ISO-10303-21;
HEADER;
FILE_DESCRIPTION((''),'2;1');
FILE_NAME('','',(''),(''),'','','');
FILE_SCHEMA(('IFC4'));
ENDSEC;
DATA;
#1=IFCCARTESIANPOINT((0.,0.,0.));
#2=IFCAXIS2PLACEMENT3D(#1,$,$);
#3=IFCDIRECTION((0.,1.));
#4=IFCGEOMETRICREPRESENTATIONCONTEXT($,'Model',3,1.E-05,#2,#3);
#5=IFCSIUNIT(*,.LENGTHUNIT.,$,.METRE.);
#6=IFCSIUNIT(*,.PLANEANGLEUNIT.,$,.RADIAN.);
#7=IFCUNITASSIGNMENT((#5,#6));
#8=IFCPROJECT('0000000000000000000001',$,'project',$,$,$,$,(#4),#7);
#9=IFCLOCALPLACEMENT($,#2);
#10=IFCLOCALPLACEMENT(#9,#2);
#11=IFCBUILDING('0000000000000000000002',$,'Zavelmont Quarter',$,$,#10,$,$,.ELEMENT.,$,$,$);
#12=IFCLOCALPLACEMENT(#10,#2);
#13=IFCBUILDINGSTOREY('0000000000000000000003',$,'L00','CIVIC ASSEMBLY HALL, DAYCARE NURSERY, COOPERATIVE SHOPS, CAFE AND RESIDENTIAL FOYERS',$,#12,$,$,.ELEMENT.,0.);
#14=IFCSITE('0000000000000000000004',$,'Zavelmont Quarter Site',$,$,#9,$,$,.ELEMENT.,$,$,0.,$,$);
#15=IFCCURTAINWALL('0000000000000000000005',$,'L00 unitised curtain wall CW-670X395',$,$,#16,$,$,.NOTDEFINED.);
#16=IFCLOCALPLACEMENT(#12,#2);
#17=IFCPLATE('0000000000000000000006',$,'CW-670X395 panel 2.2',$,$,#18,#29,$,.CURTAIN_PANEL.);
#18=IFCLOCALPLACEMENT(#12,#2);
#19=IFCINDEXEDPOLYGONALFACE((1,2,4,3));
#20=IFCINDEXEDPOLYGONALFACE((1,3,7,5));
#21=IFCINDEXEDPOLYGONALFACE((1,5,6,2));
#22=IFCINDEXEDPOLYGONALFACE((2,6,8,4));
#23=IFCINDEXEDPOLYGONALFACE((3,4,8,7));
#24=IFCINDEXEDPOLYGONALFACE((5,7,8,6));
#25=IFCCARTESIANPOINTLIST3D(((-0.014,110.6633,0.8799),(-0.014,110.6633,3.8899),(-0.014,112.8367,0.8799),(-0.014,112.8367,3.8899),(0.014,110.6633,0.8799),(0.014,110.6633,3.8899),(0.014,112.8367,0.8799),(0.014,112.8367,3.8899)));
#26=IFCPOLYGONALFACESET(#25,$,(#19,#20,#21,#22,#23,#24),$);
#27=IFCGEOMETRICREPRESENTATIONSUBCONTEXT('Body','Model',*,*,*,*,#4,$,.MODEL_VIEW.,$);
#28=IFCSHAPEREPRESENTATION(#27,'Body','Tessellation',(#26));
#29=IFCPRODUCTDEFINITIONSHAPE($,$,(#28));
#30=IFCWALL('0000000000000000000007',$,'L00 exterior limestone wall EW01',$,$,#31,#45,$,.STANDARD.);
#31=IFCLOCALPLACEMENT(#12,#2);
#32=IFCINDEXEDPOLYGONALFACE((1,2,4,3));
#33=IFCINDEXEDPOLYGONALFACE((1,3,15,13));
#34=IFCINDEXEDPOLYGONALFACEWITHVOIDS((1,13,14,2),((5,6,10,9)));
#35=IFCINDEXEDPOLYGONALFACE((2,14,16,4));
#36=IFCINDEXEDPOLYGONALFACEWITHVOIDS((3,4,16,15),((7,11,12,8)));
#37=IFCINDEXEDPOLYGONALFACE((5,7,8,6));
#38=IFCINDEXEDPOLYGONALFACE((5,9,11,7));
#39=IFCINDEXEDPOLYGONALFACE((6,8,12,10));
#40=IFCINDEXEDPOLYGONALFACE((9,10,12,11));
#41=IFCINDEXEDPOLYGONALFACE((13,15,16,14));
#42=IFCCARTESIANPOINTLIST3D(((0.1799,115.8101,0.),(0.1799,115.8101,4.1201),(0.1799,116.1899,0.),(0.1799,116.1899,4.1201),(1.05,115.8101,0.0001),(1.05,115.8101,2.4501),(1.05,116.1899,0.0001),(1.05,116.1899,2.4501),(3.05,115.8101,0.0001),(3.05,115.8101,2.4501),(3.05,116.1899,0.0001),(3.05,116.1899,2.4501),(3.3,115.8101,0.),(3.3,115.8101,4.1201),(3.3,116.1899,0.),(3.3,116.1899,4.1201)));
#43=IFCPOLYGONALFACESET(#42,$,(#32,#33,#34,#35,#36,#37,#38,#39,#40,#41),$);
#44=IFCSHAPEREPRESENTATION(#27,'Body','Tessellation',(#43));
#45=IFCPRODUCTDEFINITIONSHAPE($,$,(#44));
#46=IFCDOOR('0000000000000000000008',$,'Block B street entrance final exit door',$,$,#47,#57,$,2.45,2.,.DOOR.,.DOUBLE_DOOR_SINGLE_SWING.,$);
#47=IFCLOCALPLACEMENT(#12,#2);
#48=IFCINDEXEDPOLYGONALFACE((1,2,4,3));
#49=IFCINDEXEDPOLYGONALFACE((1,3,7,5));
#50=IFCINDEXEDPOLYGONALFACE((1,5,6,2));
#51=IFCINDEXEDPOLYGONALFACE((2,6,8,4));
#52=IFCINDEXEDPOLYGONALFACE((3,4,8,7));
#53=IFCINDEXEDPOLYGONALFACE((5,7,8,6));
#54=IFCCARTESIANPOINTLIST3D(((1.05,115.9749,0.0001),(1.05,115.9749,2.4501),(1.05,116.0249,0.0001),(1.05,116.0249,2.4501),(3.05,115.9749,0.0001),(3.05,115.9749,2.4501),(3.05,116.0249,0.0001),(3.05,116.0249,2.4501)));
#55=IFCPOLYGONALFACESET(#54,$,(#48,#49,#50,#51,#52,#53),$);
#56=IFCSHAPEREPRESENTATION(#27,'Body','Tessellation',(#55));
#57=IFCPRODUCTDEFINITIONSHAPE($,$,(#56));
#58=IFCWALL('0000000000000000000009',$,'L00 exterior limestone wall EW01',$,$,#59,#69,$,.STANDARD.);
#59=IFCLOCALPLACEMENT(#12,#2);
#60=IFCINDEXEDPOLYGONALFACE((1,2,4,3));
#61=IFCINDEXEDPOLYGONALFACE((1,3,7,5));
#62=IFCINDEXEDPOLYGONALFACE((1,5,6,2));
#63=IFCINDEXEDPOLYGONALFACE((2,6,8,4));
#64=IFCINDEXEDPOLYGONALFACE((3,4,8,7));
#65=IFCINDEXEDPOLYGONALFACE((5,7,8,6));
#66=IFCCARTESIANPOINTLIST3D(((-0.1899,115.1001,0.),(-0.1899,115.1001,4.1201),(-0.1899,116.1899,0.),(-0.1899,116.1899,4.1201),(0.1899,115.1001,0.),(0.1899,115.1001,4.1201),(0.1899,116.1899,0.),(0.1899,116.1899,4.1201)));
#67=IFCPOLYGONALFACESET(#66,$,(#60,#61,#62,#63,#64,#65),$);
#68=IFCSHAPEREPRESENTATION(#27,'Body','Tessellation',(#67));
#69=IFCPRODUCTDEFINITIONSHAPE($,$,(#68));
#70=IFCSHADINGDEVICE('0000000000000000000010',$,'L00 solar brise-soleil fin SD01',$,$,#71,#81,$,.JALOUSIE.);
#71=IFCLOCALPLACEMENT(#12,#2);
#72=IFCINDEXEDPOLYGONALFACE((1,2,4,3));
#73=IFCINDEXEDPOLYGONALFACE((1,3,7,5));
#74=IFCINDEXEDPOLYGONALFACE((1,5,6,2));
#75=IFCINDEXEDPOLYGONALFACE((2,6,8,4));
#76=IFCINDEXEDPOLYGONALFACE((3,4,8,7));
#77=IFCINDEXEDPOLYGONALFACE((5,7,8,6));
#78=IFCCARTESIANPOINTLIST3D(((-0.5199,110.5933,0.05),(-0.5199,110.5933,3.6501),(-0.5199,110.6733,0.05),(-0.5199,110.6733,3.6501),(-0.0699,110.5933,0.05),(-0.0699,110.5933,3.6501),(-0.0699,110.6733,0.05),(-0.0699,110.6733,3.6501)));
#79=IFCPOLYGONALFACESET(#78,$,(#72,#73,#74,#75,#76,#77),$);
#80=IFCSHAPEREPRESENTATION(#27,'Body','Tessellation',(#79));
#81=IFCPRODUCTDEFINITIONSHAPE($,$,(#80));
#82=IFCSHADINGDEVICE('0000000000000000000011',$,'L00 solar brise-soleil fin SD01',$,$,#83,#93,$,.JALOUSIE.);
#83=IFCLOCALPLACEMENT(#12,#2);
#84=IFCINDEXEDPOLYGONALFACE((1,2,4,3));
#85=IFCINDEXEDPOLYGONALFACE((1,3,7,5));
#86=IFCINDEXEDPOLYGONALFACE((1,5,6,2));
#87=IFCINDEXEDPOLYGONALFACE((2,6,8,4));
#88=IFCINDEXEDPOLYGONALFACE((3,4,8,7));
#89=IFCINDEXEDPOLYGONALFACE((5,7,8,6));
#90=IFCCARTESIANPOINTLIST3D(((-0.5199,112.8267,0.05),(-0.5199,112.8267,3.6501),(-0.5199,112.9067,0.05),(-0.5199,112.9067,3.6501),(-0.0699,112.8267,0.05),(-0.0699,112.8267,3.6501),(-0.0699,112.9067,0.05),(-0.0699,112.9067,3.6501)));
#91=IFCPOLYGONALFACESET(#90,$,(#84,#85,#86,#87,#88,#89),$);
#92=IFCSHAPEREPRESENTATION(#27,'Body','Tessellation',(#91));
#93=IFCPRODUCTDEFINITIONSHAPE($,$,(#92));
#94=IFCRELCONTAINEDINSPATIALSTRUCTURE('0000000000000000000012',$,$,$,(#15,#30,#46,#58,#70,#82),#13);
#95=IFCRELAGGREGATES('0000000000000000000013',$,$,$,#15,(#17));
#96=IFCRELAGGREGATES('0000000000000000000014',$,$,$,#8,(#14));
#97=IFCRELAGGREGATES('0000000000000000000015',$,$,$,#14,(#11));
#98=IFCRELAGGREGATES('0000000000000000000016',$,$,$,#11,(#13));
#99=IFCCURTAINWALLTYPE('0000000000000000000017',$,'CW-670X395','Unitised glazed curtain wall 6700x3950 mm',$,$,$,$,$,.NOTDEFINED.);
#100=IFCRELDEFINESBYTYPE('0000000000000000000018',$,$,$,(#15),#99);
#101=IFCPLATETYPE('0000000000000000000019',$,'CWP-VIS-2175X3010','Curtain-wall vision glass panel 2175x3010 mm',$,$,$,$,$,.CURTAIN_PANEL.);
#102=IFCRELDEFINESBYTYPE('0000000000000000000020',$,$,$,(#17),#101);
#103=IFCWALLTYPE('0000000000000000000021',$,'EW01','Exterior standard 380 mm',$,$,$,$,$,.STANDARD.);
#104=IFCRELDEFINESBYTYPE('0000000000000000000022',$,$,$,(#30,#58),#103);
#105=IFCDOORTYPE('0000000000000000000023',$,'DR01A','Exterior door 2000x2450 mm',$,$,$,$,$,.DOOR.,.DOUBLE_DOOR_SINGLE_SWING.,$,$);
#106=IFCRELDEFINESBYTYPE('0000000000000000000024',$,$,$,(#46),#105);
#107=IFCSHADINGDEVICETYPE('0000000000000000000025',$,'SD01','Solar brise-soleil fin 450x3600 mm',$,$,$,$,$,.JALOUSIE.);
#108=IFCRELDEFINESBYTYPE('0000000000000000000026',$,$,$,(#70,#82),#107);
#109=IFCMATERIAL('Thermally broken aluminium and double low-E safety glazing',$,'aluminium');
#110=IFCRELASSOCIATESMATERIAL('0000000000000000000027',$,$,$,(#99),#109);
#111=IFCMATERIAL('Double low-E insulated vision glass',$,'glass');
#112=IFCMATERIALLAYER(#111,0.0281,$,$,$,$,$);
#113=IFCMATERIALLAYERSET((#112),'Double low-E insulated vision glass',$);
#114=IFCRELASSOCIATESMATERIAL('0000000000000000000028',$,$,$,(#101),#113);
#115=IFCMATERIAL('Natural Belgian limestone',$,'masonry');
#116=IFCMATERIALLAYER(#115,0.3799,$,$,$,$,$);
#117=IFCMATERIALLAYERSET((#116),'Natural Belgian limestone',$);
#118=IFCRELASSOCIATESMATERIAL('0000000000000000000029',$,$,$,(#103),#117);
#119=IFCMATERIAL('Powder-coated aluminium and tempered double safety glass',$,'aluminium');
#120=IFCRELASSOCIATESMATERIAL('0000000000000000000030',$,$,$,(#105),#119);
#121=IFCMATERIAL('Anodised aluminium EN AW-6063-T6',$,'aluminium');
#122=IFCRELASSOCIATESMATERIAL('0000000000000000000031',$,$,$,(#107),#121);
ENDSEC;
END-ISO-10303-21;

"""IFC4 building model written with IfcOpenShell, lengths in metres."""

from ifc_helpers import new_model, si_unit, direction, frame, frame_2d, origin, origin_with_axes, origin_2d, place, context, subcontext, project, spatial, rectangle, extrude, material, layer, layer_set, type_object, element, fill, aggregate, save


model = new_model("IFC4")

# Units and contexts
model_context = context("Model", 3, precision=1e-05, world=origin(), true_north=direction((0.0, 1.0)))
body_context = subcontext(model_context, "Body", "Model", "MODEL_VIEW")
ifc_project = project(units=[si_unit("LENGTHUNIT", "METRE"), si_unit("PLANEANGLEUNIT", "RADIAN")], contexts=[model_context])

# Site, building, storey
site_placement = place(None, origin())
site = spatial("IfcSite", under=ifc_project, at=site_placement, Name="Zavelmont Quarter Site", CompositionType="ELEMENT", RefElevation=0.0)
building_placement = place(site_placement, origin())
building = spatial("IfcBuilding", under=site, at=building_placement, Name="Zavelmont Quarter", CompositionType="ELEMENT")
storey_placement = place(building_placement, origin())
storey = spatial("IfcBuildingStorey", under=building, at=storey_placement, Name="L00", Description="CIVIC ASSEMBLY HALL, DAYCARE NURSERY, COOPERATIVE SHOPS, CAFE AND RESIDENTIAL FOYERS", CompositionType="ELEMENT", Elevation=0.0)

# Shared definitions
ifc_material_1 = material(Name="Thermally broken aluminium and double low-E safety glazing", Category="aluminium")

# Curtain wall
curtain_wall_type_1 = type_object("IfcCurtainWallType", Name="CW-670X395", Description="Unitised glazed curtain wall 6700x3950 mm", PredefinedType="NOTDEFINED", material=ifc_material_1)
curtain_wall_1_placement = place(storey_placement, origin())
curtain_wall_1 = element("IfcCurtainWall", 1, at=curtain_wall_1_placement, inside=storey, type_object=curtain_wall_type_1, Name="L00 unitised curtain wall CW-670X395", PredefinedType="NOTDEFINED")

# Plate
ifc_material_2 = material(Name="Double low-E insulated vision glass", Category="glass")
ifc_layer_1 = layer(ifc_material_2, 0.0281)
ifc_layer_set_1 = layer_set([ifc_layer_1], Name="Double low-E insulated vision glass")
plate_type_1 = type_object("IfcPlateType", Name="CWP-VIS-2175X3010", Description="Curtain-wall vision glass panel 2175x3010 mm", PredefinedType="CURTAIN_PANEL", material=ifc_layer_set_1)
plate_1_placement = place(storey_placement, frame((0.0, 111.75, 0.8799), z_axis=(0.0, 0.0, 1.0), x_axis=(0.0, 1.0, 0.0)))
plate_1 = element("IfcPlate", 2, at=plate_1_placement, type_object=plate_type_1, Name="CW-670X395 panel 2.2", PredefinedType="CURTAIN_PANEL", context=body_context, shape_type="SweptSolid", body=[
    extrude(rectangle(XDim=2.1733, YDim=0.0281, at=origin_2d()), origin(), (0.0, 0.0, 1.0), 3.01),
])
aggregate(curtain_wall_1, [plate_1])

# Wall, opening, door
ifc_material_3 = material(Name="Natural Belgian limestone", Category="masonry")
ifc_layer_2 = layer(ifc_material_3, 0.3799)
ifc_layer_set_2 = layer_set([ifc_layer_2], Name="Natural Belgian limestone")
wall_type = type_object("IfcWallType", Name="EW01", Description="Exterior standard 380 mm", PredefinedType="STANDARD", material=ifc_layer_set_2)
wall_1_placement = place(storey_placement, frame((0.1799, 116.0, 0.0), z_axis=(0.0, 0.0, 1.0), x_axis=(1.0, 0.0, 0.0)))
wall_1 = element("IfcWall", 3, at=wall_1_placement, inside=storey, type_object=wall_type, Name="L00 exterior limestone wall EW01", PredefinedType="STANDARD", context=body_context, shape_type="SweptSolid", body=[
    extrude(rectangle(XDim=3.1201, YDim=0.3799, at=frame_2d((1.5601, 0.0))), origin(), (0.0, 0.0, 1.0), 4.1201),
])
opening_placement = place(wall_1_placement, frame((0.8701, 0.0, 0.0)))
opening = element("IfcOpeningElement", 4, at=opening_placement, cuts=wall_1, PredefinedType="OPENING", context=body_context, shape_type="SweptSolid", body=[
    extrude(rectangle(XDim=2.0, YDim=2.45, at=frame_2d((1.0, 1.2251))), frame((0.0, 0.2019, 0.0), z_axis=(0.0, -1.0, 0.0), x_axis=(1.0, 0.0, 0.0)), (0.0, 0.0, 1.0), 0.4038),
])
ifc_material_4 = material(Name="Powder-coated aluminium and tempered double safety glass", Category="aluminium")
door_type = type_object("IfcDoorType", Name="DR01A", Description="Exterior door 2000x2450 mm", OperationType="DOUBLE_DOOR_SINGLE_SWING", PredefinedType="DOOR", material=ifc_material_4)
door_placement = place(opening_placement, origin_with_axes())
door = element("IfcDoor", 5, at=door_placement, inside=storey, type_object=door_type, Name="Block B street entrance final exit door", OperationType="DOUBLE_DOOR_SINGLE_SWING", OverallHeight=2.45, OverallWidth=2.0, PredefinedType="DOOR", context=body_context, shape_type="SweptSolid", body=[
    extrude(rectangle(XDim=2.0, YDim=2.45, at=frame_2d((1.0, 1.2251))), frame((0.0, 0.0249, 0.0), z_axis=(0.0, -1.0, 0.0), x_axis=(1.0, 0.0, 0.0)), (0.0, 0.0, 1.0), 0.05),
])
fill(opening, door)

# Wall
wall_2_placement = place(storey_placement, frame((0.0, 115.1001, 0.0), z_axis=(0.0, 0.0, 1.0), x_axis=(0.0, 1.0, 0.0)))
element("IfcWall", 6, at=wall_2_placement, inside=storey, type_object=wall_type, Name="L00 exterior limestone wall EW01", PredefinedType="STANDARD", context=body_context, shape_type="SweptSolid", body=[
    extrude(rectangle(XDim=1.0898, YDim=0.3799, at=frame_2d((0.5449, 0.0))), origin(), (0.0, 0.0, 1.0), 4.1201),
])

# Shading devices
ifc_material_5 = material(Name="Anodised aluminium EN AW-6063-T6", Category="aluminium")
shading_device_type = type_object("IfcShadingDeviceType", Name="SD01", Description="Solar brise-soleil fin 450x3600 mm", PredefinedType="JALOUSIE", material=ifc_material_5)
for number, where, z_axis, x_axis, name in (
    (7, (-0.2949, 110.6333, 0.05), (0.0, 0.0, 1.0), (0.0, 1.0, 0.0), "L00 solar brise-soleil fin SD01"),
    (8, (-0.2949, 112.8667, 0.05), (0.0, 0.0, 1.0), (0.0, 1.0, 0.0), "L00 solar brise-soleil fin SD01"),
):
    element("IfcShadingDevice", number, at=place(storey_placement, frame(where, z_axis=z_axis, x_axis=x_axis)), inside=storey, type_object=shading_device_type, Name=name, PredefinedType="JALOUSIE", context=body_context, shape_type="SweptSolid", body=[
        extrude(rectangle(XDim=0.0801, YDim=0.45, at=origin_2d()), origin(), (0.0, 0.0, 1.0), 3.6001),
    ])

save(model, "model.ifc")
